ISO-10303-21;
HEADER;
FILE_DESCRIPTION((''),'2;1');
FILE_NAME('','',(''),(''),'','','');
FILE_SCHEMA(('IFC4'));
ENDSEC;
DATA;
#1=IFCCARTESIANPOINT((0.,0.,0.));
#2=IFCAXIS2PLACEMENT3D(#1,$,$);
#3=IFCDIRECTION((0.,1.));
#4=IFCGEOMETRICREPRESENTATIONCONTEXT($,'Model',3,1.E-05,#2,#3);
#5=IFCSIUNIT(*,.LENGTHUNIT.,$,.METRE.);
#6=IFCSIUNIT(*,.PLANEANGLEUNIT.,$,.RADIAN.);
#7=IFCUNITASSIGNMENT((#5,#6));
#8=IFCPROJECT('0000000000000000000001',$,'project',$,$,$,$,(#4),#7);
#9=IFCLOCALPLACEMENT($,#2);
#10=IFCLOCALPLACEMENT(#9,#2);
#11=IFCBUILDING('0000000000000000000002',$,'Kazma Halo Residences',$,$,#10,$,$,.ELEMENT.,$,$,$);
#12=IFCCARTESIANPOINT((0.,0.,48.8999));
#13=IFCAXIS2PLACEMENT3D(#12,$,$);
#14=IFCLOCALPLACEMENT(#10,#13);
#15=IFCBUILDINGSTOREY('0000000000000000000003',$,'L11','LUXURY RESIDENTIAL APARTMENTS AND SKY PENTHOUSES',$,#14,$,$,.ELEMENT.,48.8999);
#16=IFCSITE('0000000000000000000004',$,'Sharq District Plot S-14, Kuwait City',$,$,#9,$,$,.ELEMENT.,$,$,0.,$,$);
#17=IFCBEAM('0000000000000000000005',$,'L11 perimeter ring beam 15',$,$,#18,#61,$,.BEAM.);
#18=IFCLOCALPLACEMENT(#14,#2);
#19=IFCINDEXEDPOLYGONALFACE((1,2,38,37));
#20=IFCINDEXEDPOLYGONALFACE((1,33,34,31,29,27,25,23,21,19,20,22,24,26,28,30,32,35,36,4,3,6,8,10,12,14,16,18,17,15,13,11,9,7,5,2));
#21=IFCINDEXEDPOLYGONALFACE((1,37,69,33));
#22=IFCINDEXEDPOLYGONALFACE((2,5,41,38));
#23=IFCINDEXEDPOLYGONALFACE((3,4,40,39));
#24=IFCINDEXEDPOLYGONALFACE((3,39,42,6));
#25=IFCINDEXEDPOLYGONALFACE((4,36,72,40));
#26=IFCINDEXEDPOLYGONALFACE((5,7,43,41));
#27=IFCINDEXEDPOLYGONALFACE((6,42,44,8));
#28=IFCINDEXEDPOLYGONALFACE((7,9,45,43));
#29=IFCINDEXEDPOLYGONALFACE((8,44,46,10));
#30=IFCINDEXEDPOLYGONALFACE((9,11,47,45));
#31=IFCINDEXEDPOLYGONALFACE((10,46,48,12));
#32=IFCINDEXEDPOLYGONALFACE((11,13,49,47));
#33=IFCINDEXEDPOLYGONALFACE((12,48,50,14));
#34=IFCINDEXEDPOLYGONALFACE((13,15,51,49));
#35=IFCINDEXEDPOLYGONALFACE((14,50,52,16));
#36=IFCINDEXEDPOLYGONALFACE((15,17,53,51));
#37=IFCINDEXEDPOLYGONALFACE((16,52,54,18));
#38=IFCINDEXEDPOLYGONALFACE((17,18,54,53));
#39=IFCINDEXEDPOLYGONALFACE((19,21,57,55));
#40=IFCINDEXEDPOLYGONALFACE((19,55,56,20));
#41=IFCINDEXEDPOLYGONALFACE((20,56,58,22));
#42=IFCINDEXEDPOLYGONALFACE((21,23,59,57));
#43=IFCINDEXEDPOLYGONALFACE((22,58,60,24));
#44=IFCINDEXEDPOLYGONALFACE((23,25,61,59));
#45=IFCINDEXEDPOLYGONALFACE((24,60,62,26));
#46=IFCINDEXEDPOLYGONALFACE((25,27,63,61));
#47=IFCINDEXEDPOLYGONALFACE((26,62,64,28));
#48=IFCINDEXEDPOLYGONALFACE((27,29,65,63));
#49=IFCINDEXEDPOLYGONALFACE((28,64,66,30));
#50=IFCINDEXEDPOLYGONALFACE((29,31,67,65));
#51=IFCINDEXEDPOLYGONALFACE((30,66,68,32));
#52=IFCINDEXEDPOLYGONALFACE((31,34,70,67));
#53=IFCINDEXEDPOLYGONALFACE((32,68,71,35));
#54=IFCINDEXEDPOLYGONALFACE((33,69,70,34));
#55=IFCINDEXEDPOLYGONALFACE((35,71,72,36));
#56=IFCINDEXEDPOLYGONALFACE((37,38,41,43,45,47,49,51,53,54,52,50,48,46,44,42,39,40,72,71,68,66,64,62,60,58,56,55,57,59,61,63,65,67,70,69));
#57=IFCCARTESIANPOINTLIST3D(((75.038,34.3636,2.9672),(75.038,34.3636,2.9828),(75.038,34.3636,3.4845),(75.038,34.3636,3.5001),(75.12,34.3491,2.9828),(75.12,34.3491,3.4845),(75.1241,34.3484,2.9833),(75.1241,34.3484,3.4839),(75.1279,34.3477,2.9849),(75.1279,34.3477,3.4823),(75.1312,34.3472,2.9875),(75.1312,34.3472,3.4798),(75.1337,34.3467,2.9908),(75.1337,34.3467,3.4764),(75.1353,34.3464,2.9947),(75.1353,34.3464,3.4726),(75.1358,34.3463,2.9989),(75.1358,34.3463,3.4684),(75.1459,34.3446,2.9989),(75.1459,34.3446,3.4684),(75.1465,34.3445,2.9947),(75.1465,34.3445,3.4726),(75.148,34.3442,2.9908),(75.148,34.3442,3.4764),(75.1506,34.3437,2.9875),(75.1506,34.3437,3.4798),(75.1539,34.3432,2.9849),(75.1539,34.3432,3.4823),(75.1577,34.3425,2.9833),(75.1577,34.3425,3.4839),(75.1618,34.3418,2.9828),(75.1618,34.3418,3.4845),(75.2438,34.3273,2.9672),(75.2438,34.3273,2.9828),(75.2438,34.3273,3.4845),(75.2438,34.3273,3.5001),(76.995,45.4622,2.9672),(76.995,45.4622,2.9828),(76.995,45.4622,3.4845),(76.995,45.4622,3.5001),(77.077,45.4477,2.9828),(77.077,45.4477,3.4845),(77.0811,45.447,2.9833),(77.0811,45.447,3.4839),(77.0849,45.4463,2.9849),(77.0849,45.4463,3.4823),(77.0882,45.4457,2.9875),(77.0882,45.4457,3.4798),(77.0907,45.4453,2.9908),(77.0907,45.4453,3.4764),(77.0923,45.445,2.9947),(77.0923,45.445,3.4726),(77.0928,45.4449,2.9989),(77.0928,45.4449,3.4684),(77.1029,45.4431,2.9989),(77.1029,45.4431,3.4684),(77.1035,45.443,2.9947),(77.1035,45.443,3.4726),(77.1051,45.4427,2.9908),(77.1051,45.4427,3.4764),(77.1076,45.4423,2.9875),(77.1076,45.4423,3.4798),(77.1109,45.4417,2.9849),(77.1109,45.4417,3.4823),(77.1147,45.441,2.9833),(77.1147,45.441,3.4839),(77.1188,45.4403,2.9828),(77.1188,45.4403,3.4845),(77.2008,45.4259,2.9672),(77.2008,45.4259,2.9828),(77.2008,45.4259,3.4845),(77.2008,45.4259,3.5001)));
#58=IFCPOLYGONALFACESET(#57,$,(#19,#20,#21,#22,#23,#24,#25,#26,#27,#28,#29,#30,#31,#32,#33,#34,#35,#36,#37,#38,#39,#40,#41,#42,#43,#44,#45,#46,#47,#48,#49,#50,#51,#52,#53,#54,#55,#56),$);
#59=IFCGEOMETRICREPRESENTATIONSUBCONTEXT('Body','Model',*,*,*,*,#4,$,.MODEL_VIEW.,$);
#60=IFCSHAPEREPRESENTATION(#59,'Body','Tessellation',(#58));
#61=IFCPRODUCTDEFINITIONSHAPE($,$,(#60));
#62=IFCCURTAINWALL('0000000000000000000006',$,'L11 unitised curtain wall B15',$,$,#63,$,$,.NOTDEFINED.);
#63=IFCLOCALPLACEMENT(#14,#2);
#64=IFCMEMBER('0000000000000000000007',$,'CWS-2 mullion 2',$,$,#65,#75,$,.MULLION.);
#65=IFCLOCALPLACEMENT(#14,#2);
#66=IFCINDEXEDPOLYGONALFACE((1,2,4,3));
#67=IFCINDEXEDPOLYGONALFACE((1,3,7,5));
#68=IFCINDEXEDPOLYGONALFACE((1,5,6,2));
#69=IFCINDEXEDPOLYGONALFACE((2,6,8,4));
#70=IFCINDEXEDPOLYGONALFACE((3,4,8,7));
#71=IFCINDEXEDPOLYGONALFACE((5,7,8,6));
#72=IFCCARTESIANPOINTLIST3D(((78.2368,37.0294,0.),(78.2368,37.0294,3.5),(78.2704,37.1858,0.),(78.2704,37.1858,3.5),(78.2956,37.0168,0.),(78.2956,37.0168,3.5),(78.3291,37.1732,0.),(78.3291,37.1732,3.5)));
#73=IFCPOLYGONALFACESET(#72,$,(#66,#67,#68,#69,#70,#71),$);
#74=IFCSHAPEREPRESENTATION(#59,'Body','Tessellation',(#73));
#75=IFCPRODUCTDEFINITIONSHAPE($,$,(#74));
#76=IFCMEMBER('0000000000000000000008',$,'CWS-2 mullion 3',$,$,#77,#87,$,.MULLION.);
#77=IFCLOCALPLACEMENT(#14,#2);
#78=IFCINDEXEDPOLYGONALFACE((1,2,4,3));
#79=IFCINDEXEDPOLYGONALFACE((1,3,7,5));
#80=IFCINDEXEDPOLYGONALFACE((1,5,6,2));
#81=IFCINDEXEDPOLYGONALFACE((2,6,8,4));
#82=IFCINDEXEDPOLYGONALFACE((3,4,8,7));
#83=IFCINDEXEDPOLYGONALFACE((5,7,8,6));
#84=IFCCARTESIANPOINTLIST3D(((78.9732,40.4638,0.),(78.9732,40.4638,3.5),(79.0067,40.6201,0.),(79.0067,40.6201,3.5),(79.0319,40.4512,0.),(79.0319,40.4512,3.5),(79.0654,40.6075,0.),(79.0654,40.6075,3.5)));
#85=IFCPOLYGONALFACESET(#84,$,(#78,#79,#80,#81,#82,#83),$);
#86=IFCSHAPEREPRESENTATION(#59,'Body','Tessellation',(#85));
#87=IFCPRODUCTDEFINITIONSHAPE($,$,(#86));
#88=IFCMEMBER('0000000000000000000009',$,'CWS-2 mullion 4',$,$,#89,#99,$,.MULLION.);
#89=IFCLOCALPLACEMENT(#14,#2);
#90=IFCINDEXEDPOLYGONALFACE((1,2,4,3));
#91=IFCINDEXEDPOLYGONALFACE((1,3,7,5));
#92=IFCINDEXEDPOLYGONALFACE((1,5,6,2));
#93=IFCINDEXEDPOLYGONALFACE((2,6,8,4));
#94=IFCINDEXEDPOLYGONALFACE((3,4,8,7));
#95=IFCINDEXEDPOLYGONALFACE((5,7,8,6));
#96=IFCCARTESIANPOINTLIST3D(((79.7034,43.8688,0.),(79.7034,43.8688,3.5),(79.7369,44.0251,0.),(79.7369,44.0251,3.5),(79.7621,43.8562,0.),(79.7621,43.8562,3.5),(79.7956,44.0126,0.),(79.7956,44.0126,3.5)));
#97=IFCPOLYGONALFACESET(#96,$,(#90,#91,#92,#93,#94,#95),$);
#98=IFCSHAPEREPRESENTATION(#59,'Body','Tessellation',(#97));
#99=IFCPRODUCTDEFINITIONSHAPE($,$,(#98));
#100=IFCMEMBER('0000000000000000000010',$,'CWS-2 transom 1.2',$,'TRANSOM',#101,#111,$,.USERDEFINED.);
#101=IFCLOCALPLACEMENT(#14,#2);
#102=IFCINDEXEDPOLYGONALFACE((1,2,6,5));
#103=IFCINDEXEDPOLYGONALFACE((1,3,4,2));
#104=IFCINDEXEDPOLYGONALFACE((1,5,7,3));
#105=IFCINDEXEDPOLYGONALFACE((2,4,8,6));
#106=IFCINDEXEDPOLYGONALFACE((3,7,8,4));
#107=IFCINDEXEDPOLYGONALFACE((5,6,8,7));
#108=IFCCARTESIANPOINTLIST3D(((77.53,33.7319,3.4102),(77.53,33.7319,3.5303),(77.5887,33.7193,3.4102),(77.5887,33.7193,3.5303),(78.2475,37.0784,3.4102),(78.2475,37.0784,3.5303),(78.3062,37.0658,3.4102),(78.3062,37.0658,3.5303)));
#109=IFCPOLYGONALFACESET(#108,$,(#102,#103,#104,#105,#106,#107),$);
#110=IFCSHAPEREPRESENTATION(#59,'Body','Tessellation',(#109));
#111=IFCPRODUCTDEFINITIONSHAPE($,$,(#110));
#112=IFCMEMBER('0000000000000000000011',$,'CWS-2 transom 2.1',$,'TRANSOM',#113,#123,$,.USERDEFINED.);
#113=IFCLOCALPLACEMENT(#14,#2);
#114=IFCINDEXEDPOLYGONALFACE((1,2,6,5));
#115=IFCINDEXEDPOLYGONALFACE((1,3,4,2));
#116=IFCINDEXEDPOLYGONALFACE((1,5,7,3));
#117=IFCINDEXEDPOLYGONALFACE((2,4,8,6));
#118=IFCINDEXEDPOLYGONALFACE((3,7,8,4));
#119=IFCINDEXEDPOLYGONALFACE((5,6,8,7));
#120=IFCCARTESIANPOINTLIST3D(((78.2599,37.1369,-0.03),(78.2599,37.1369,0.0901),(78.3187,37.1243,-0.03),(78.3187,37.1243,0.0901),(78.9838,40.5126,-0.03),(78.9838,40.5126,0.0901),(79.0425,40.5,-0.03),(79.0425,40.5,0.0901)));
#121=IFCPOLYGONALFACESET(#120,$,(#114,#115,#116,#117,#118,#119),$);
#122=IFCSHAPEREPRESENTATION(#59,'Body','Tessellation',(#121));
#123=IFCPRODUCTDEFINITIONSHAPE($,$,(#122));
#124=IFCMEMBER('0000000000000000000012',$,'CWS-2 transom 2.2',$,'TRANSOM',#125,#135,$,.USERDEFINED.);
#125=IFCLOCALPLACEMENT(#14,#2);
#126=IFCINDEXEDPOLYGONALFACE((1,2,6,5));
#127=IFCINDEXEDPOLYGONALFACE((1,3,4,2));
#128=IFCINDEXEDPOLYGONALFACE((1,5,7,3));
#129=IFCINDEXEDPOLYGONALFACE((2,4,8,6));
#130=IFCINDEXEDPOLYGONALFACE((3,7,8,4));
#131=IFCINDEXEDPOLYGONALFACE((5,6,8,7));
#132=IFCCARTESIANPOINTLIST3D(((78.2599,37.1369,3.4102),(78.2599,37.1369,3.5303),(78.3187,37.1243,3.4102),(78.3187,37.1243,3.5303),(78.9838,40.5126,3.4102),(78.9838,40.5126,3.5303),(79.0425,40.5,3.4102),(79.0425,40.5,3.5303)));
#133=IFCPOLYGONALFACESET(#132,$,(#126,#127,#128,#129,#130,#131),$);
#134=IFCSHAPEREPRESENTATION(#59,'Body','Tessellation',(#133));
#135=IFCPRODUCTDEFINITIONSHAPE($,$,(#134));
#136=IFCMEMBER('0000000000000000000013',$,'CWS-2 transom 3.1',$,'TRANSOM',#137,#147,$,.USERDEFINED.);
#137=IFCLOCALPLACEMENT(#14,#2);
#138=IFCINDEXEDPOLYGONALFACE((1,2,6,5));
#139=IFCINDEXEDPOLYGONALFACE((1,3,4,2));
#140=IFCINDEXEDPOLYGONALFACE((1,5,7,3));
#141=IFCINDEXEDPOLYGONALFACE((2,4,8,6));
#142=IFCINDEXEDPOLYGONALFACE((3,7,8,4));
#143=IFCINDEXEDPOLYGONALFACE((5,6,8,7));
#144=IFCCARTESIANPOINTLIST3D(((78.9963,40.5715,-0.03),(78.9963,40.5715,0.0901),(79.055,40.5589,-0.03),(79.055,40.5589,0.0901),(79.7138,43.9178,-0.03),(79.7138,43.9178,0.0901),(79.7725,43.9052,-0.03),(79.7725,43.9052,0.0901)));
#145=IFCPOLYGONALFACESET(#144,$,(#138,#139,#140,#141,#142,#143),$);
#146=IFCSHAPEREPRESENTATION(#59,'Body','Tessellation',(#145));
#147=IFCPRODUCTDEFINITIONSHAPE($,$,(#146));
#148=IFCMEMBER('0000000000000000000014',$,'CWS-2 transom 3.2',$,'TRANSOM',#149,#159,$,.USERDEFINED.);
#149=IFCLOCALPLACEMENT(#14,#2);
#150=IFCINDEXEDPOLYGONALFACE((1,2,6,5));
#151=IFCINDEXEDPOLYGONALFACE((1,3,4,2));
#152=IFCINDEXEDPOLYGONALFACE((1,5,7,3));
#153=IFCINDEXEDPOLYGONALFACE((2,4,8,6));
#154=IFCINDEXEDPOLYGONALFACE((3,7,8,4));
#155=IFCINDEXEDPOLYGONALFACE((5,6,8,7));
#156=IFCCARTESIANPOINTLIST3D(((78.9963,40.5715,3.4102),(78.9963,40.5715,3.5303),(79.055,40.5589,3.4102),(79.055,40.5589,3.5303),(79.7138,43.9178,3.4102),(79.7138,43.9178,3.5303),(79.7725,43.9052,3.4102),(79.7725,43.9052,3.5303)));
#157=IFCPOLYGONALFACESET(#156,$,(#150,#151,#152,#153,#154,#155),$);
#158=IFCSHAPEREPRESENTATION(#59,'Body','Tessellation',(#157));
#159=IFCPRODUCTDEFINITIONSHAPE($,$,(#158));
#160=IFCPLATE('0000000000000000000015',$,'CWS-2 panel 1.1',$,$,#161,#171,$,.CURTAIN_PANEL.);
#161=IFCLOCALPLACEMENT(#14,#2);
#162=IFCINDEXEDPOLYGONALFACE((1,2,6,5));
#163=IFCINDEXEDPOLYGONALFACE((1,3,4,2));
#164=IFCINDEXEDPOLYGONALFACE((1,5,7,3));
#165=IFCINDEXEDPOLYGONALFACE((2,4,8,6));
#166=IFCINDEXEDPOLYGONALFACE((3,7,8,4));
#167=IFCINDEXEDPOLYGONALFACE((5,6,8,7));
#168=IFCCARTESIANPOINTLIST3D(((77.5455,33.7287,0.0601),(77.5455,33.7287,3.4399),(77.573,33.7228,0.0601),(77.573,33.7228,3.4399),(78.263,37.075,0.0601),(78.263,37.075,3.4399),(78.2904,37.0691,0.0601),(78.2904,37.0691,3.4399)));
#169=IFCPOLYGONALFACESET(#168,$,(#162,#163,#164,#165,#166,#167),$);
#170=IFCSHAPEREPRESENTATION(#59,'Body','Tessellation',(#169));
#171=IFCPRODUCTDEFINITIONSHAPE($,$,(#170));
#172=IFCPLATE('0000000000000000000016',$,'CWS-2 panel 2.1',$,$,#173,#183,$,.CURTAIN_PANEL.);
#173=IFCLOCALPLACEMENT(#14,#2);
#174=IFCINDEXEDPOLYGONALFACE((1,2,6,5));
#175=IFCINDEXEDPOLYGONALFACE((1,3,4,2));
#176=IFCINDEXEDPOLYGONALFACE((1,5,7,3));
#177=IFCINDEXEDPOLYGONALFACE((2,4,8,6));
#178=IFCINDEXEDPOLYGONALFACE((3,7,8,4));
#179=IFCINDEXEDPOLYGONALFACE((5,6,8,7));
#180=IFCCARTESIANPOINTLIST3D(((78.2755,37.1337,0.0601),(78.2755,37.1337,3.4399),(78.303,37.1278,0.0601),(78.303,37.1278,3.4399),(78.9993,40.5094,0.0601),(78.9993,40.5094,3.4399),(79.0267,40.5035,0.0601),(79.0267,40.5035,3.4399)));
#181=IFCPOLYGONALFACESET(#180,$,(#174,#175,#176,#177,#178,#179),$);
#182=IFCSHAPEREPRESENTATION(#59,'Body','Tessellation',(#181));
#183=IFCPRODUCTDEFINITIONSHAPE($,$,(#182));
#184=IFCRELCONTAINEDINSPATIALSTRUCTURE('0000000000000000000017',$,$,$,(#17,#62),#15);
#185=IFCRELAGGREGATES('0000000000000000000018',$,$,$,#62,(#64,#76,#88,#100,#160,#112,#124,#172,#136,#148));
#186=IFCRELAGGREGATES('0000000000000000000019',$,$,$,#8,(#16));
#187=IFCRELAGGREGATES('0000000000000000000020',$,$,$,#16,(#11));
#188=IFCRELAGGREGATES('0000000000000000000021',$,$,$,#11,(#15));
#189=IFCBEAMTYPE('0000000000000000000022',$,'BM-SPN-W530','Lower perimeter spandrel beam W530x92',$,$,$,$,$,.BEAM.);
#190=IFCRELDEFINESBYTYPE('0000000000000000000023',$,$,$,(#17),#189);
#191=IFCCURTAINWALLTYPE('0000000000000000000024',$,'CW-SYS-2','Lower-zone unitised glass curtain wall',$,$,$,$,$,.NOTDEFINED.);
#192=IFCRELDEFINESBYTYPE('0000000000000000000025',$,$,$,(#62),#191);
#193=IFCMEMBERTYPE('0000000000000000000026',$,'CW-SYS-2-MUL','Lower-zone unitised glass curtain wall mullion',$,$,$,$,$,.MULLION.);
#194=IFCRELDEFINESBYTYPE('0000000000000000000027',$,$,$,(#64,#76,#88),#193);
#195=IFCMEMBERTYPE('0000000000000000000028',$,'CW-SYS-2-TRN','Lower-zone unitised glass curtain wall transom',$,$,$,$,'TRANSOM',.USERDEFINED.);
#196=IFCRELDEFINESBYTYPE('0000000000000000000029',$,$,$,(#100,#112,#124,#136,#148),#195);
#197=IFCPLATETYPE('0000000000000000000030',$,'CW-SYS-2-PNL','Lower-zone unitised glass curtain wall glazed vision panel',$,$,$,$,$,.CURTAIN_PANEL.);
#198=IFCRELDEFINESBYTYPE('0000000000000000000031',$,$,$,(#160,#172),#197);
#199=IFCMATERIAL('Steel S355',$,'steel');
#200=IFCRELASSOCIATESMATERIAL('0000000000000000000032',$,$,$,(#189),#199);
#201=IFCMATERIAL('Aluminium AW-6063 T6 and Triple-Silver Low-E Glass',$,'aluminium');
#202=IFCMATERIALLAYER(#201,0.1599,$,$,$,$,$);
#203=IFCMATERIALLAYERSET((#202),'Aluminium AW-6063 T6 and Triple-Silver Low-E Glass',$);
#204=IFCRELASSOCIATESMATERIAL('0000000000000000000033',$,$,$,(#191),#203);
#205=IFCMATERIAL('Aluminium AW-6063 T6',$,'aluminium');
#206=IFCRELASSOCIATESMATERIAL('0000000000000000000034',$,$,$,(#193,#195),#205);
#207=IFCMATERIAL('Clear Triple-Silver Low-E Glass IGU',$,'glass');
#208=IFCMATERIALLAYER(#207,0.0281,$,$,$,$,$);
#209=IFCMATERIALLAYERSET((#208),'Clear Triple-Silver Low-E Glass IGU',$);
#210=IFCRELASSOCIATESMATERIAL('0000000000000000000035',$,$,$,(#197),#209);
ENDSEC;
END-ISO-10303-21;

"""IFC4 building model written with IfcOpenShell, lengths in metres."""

from ifc_helpers import new_model, si_unit, direction, frame, origin, origin_2d, place, context, subcontext, project, spatial, rectangle, i_section, extrude, material, layer, layer_set, material_profile, profile_set, type_object, element, aggregate, save


model = new_model("IFC4")

# Units and contexts
model_context = context("Model", 3, precision=1e-05, world=origin(), true_north=direction((0.0, 1.0)))
body_context = subcontext(model_context, "Body", "Model", "MODEL_VIEW")
ifc_project = project(units=[si_unit("LENGTHUNIT", "METRE"), si_unit("PLANEANGLEUNIT", "RADIAN")], contexts=[model_context])

# Site, building, storey
site_placement = place(None, origin())
site = spatial("IfcSite", under=ifc_project, at=site_placement, Name="Sharq District Plot S-14, Kuwait City", CompositionType="ELEMENT", RefElevation=0.0)
building_placement = place(site_placement, origin())
building = spatial("IfcBuilding", under=site, at=building_placement, Name="Kazma Halo Residences", CompositionType="ELEMENT")
storey_placement = place(building_placement, frame((0.0, 0.0, 48.8999)))
storey = spatial("IfcBuildingStorey", under=building, at=storey_placement, Name="L11", Description="LUXURY RESIDENTIAL APARTMENTS AND SKY PENTHOUSES", CompositionType="ELEMENT", Elevation=48.8999)

# Beam
ifc_material_1 = material(Name="Steel S355", Category="steel")
ifc_material_profile_1 = material_profile(ifc_material_1, i_section(OverallWidth=0.209, OverallDepth=0.533, WebThickness=0.0103, FlangeThickness=0.0156, FilletRadius=0.0161, at=origin_2d()), Name="W530x92")
ifc_profile_set_1 = profile_set([ifc_material_profile_1], Name="Steel S355")
beam_type_1 = type_object("IfcBeamType", Name="BM-SPN-W530", Description="Lower perimeter spandrel beam W530x92", PredefinedType="BEAM", material=ifc_profile_set_1)
beam_1_placement = place(storey_placement, frame((75.1409, 34.3455, 3.2336), z_axis=(0.173652, 0.984807, 0.0), x_axis=(-0.984807, 0.173652, 0.0)))
element("IfcBeam", 1, at=beam_1_placement, inside=storey, type_object=beam_type_1, Name="L11 perimeter ring beam 15", PredefinedType="BEAM", context=body_context, shape_type="SweptSolid", body=[
    extrude(i_section(OverallWidth=0.209, OverallDepth=0.533, WebThickness=0.0103, FlangeThickness=0.0156, FilletRadius=0.0161, at=origin_2d()), origin(), (0.0, 0.0, 1.0), 11.2698),
])

# Curtain wall, members, plates
ifc_material_2 = material(Name="Aluminium AW-6063 T6 and Triple-Silver Low-E Glass", Category="aluminium")
ifc_layer_1 = layer(ifc_material_2, 0.1599)
ifc_layer_set_1 = layer_set([ifc_layer_1], Name="Aluminium AW-6063 T6 and Triple-Silver Low-E Glass")
curtain_wall_type = type_object("IfcCurtainWallType", Name="CW-SYS-2", Description="Lower-zone unitised glass curtain wall", PredefinedType="NOTDEFINED", material=ifc_layer_set_1)
curtain_wall_placement = place(storey_placement, origin())
curtain_wall = element("IfcCurtainWall", 2, at=curtain_wall_placement, inside=storey, type_object=curtain_wall_type, Name="L11 unitised curtain wall B15", PredefinedType="NOTDEFINED")
ifc_material_3 = material(Name="Aluminium AW-6063 T6", Category="aluminium")
ifc_material_profile_2 = material_profile(ifc_material_3, rectangle(XDim=0.0601, YDim=0.1599, at=origin_2d()), Name="CWM-60x160")
ifc_profile_set_2 = profile_set([ifc_material_profile_2], Name="Aluminium AW-6063 T6")
member_type_1 = type_object("IfcMemberType", Name="CW-SYS-2-MUL", Description="Lower-zone unitised glass curtain wall mullion", PredefinedType="MULLION", material=ifc_profile_set_2)
member_1_placement = place(storey_placement, frame((78.283, 37.1013, 0.0), z_axis=(0.0, 0.0, 1.0), x_axis=(-0.977779, 0.209637, 0.0)))
member_1 = element("IfcMember", 3, at=member_1_placement, type_object=member_type_1, Name="CWS-2 mullion 2", PredefinedType="MULLION", context=body_context, shape_type="SweptSolid", body=[
    extrude(rectangle(XDim=0.0601, YDim=0.1599, at=origin_2d()), origin(), (0.0, 0.0, 1.0), 3.5),
])
member_2_placement = place(storey_placement, frame((79.0193, 40.5356, 0.0), z_axis=(0.0, 0.0, 1.0), x_axis=(-0.977779, 0.209637, 0.0)))
member_2 = element("IfcMember", 4, at=member_2_placement, type_object=member_type_1, Name="CWS-2 mullion 3", PredefinedType="MULLION", context=body_context, shape_type="SweptSolid", body=[
    extrude(rectangle(XDim=0.0601, YDim=0.1599, at=origin_2d()), origin(), (0.0, 0.0, 1.0), 3.5),
])
member_3_placement = place(storey_placement, frame((79.7495, 43.9407, 0.0), z_axis=(0.0, 0.0, 1.0), x_axis=(-0.977779, 0.209637, 0.0)))
member_3 = element("IfcMember", 5, at=member_3_placement, type_object=member_type_1, Name="CWS-2 mullion 4", PredefinedType="MULLION", context=body_context, shape_type="SweptSolid", body=[
    extrude(rectangle(XDim=0.0601, YDim=0.1599, at=origin_2d()), origin(), (0.0, 0.0, 1.0), 3.5),
])
ifc_material_profile_3 = material_profile(ifc_material_3, rectangle(XDim=0.0601, YDim=0.1201, at=origin_2d()), Name="CWT-60x120")
ifc_profile_set_3 = profile_set([ifc_material_profile_3], Name="Aluminium AW-6063 T6")
member_type_2 = type_object("IfcMemberType", Name="CW-SYS-2-TRN", Description="Lower-zone unitised glass curtain wall transom", ElementType="TRANSOM", PredefinedType="USERDEFINED", material=ifc_profile_set_3)
member_4_placement = place(storey_placement, frame((77.5593, 33.7256, 3.4702), z_axis=(0.209651, 0.977776, 0.0), x_axis=(-0.977776, 0.209651, 0.0)))
member_4 = element("IfcMember", 6, at=member_4_placement, type_object=member_type_2, Name="CWS-2 transom 1.2", ObjectType="TRANSOM", PredefinedType="USERDEFINED", context=body_context, shape_type="SweptSolid", body=[
    extrude(rectangle(XDim=0.0601, YDim=0.1201, at=origin_2d()), origin(), (0.0, 0.0, 1.0), 3.4226),
])
member_5_placement = place(storey_placement, frame((78.2893, 37.1306, 0.03), z_axis=(0.209669, 0.977772, 0.0), x_axis=(-0.977772, 0.209669, 0.0)))
member_5 = element("IfcMember", 7, at=member_5_placement, type_object=member_type_2, Name="CWS-2 transom 2.1", ObjectType="TRANSOM", PredefinedType="USERDEFINED", context=body_context, shape_type="SweptSolid", body=[
    extrude(rectangle(XDim=0.0601, YDim=0.1201, at=origin_2d()), origin(), (0.0, 0.0, 1.0), 3.4524),
])
member_6_placement = place(storey_placement, frame((78.2893, 37.1306, 3.4702), z_axis=(0.209669, 0.977772, 0.0), x_axis=(-0.977772, 0.209669, 0.0)))
member_6 = element("IfcMember", 8, at=member_6_placement, type_object=member_type_2, Name="CWS-2 transom 2.2", ObjectType="TRANSOM", PredefinedType="USERDEFINED", context=body_context, shape_type="SweptSolid", body=[
    extrude(rectangle(XDim=0.0601, YDim=0.1201, at=origin_2d()), origin(), (0.0, 0.0, 1.0), 3.4524),
])
member_7_placement = place(storey_placement, frame((79.0256, 40.5652, 0.03), z_axis=(0.209666, 0.977773, 0.0), x_axis=(-0.977773, 0.209666, 0.0)))
member_7 = element("IfcMember", 9, at=member_7_placement, type_object=member_type_2, Name="CWS-2 transom 3.1", ObjectType="TRANSOM", PredefinedType="USERDEFINED", context=body_context, shape_type="SweptSolid", body=[
    extrude(rectangle(XDim=0.0601, YDim=0.1201, at=origin_2d()), origin(), (0.0, 0.0, 1.0), 3.4224),
])
member_8_placement = place(storey_placement, frame((79.0256, 40.5652, 3.4702), z_axis=(0.209666, 0.977773, 0.0), x_axis=(-0.977773, 0.209666, 0.0)))
member_8 = element("IfcMember", 10, at=member_8_placement, type_object=member_type_2, Name="CWS-2 transom 3.2", ObjectType="TRANSOM", PredefinedType="USERDEFINED", context=body_context, shape_type="SweptSolid", body=[
    extrude(rectangle(XDim=0.0601, YDim=0.1201, at=origin_2d()), origin(), (0.0, 0.0, 1.0), 3.4224),
])
ifc_material_4 = material(Name="Clear Triple-Silver Low-E Glass IGU", Category="glass")
ifc_layer_2 = layer(ifc_material_4, 0.0281)
ifc_layer_set_2 = layer_set([ifc_layer_2], Name="Clear Triple-Silver Low-E Glass IGU")
plate_type = type_object("IfcPlateType", Name="CW-SYS-2-PNL", Description="Lower-zone unitised glass curtain wall glazed vision panel", PredefinedType="CURTAIN_PANEL", material=ifc_layer_set_2)
plate_1_placement = place(storey_placement, frame((77.918, 35.3989, 0.0601), z_axis=(0.0, 0.0, 1.0), x_axis=(0.209637, 0.977779, 0.0)))
plate_1 = element("IfcPlate", 11, at=plate_1_placement, type_object=plate_type, Name="CWS-2 panel 1.1", PredefinedType="CURTAIN_PANEL", context=body_context, shape_type="SweptSolid", body=[
    extrude(rectangle(XDim=3.4224, YDim=0.0281, at=origin_2d()), origin(), (0.0, 0.0, 1.0), 3.3799),
])
plate_2_placement = place(storey_placement, frame((78.6511, 38.8186, 0.0601), z_axis=(0.0, 0.0, 1.0), x_axis=(0.209637, 0.977779, 0.0)))
plate_2 = element("IfcPlate", 12, at=plate_2_placement, type_object=plate_type, Name="CWS-2 panel 2.1", PredefinedType="CURTAIN_PANEL", context=body_context, shape_type="SweptSolid", body=[
    extrude(rectangle(XDim=3.4524, YDim=0.0281, at=origin_2d()), origin(), (0.0, 0.0, 1.0), 3.3799),
])
aggregate(curtain_wall, [member_1, member_2, member_3, member_4, plate_1, member_5, member_6, plate_2, member_7, member_8])

save(model, "model.ifc")
